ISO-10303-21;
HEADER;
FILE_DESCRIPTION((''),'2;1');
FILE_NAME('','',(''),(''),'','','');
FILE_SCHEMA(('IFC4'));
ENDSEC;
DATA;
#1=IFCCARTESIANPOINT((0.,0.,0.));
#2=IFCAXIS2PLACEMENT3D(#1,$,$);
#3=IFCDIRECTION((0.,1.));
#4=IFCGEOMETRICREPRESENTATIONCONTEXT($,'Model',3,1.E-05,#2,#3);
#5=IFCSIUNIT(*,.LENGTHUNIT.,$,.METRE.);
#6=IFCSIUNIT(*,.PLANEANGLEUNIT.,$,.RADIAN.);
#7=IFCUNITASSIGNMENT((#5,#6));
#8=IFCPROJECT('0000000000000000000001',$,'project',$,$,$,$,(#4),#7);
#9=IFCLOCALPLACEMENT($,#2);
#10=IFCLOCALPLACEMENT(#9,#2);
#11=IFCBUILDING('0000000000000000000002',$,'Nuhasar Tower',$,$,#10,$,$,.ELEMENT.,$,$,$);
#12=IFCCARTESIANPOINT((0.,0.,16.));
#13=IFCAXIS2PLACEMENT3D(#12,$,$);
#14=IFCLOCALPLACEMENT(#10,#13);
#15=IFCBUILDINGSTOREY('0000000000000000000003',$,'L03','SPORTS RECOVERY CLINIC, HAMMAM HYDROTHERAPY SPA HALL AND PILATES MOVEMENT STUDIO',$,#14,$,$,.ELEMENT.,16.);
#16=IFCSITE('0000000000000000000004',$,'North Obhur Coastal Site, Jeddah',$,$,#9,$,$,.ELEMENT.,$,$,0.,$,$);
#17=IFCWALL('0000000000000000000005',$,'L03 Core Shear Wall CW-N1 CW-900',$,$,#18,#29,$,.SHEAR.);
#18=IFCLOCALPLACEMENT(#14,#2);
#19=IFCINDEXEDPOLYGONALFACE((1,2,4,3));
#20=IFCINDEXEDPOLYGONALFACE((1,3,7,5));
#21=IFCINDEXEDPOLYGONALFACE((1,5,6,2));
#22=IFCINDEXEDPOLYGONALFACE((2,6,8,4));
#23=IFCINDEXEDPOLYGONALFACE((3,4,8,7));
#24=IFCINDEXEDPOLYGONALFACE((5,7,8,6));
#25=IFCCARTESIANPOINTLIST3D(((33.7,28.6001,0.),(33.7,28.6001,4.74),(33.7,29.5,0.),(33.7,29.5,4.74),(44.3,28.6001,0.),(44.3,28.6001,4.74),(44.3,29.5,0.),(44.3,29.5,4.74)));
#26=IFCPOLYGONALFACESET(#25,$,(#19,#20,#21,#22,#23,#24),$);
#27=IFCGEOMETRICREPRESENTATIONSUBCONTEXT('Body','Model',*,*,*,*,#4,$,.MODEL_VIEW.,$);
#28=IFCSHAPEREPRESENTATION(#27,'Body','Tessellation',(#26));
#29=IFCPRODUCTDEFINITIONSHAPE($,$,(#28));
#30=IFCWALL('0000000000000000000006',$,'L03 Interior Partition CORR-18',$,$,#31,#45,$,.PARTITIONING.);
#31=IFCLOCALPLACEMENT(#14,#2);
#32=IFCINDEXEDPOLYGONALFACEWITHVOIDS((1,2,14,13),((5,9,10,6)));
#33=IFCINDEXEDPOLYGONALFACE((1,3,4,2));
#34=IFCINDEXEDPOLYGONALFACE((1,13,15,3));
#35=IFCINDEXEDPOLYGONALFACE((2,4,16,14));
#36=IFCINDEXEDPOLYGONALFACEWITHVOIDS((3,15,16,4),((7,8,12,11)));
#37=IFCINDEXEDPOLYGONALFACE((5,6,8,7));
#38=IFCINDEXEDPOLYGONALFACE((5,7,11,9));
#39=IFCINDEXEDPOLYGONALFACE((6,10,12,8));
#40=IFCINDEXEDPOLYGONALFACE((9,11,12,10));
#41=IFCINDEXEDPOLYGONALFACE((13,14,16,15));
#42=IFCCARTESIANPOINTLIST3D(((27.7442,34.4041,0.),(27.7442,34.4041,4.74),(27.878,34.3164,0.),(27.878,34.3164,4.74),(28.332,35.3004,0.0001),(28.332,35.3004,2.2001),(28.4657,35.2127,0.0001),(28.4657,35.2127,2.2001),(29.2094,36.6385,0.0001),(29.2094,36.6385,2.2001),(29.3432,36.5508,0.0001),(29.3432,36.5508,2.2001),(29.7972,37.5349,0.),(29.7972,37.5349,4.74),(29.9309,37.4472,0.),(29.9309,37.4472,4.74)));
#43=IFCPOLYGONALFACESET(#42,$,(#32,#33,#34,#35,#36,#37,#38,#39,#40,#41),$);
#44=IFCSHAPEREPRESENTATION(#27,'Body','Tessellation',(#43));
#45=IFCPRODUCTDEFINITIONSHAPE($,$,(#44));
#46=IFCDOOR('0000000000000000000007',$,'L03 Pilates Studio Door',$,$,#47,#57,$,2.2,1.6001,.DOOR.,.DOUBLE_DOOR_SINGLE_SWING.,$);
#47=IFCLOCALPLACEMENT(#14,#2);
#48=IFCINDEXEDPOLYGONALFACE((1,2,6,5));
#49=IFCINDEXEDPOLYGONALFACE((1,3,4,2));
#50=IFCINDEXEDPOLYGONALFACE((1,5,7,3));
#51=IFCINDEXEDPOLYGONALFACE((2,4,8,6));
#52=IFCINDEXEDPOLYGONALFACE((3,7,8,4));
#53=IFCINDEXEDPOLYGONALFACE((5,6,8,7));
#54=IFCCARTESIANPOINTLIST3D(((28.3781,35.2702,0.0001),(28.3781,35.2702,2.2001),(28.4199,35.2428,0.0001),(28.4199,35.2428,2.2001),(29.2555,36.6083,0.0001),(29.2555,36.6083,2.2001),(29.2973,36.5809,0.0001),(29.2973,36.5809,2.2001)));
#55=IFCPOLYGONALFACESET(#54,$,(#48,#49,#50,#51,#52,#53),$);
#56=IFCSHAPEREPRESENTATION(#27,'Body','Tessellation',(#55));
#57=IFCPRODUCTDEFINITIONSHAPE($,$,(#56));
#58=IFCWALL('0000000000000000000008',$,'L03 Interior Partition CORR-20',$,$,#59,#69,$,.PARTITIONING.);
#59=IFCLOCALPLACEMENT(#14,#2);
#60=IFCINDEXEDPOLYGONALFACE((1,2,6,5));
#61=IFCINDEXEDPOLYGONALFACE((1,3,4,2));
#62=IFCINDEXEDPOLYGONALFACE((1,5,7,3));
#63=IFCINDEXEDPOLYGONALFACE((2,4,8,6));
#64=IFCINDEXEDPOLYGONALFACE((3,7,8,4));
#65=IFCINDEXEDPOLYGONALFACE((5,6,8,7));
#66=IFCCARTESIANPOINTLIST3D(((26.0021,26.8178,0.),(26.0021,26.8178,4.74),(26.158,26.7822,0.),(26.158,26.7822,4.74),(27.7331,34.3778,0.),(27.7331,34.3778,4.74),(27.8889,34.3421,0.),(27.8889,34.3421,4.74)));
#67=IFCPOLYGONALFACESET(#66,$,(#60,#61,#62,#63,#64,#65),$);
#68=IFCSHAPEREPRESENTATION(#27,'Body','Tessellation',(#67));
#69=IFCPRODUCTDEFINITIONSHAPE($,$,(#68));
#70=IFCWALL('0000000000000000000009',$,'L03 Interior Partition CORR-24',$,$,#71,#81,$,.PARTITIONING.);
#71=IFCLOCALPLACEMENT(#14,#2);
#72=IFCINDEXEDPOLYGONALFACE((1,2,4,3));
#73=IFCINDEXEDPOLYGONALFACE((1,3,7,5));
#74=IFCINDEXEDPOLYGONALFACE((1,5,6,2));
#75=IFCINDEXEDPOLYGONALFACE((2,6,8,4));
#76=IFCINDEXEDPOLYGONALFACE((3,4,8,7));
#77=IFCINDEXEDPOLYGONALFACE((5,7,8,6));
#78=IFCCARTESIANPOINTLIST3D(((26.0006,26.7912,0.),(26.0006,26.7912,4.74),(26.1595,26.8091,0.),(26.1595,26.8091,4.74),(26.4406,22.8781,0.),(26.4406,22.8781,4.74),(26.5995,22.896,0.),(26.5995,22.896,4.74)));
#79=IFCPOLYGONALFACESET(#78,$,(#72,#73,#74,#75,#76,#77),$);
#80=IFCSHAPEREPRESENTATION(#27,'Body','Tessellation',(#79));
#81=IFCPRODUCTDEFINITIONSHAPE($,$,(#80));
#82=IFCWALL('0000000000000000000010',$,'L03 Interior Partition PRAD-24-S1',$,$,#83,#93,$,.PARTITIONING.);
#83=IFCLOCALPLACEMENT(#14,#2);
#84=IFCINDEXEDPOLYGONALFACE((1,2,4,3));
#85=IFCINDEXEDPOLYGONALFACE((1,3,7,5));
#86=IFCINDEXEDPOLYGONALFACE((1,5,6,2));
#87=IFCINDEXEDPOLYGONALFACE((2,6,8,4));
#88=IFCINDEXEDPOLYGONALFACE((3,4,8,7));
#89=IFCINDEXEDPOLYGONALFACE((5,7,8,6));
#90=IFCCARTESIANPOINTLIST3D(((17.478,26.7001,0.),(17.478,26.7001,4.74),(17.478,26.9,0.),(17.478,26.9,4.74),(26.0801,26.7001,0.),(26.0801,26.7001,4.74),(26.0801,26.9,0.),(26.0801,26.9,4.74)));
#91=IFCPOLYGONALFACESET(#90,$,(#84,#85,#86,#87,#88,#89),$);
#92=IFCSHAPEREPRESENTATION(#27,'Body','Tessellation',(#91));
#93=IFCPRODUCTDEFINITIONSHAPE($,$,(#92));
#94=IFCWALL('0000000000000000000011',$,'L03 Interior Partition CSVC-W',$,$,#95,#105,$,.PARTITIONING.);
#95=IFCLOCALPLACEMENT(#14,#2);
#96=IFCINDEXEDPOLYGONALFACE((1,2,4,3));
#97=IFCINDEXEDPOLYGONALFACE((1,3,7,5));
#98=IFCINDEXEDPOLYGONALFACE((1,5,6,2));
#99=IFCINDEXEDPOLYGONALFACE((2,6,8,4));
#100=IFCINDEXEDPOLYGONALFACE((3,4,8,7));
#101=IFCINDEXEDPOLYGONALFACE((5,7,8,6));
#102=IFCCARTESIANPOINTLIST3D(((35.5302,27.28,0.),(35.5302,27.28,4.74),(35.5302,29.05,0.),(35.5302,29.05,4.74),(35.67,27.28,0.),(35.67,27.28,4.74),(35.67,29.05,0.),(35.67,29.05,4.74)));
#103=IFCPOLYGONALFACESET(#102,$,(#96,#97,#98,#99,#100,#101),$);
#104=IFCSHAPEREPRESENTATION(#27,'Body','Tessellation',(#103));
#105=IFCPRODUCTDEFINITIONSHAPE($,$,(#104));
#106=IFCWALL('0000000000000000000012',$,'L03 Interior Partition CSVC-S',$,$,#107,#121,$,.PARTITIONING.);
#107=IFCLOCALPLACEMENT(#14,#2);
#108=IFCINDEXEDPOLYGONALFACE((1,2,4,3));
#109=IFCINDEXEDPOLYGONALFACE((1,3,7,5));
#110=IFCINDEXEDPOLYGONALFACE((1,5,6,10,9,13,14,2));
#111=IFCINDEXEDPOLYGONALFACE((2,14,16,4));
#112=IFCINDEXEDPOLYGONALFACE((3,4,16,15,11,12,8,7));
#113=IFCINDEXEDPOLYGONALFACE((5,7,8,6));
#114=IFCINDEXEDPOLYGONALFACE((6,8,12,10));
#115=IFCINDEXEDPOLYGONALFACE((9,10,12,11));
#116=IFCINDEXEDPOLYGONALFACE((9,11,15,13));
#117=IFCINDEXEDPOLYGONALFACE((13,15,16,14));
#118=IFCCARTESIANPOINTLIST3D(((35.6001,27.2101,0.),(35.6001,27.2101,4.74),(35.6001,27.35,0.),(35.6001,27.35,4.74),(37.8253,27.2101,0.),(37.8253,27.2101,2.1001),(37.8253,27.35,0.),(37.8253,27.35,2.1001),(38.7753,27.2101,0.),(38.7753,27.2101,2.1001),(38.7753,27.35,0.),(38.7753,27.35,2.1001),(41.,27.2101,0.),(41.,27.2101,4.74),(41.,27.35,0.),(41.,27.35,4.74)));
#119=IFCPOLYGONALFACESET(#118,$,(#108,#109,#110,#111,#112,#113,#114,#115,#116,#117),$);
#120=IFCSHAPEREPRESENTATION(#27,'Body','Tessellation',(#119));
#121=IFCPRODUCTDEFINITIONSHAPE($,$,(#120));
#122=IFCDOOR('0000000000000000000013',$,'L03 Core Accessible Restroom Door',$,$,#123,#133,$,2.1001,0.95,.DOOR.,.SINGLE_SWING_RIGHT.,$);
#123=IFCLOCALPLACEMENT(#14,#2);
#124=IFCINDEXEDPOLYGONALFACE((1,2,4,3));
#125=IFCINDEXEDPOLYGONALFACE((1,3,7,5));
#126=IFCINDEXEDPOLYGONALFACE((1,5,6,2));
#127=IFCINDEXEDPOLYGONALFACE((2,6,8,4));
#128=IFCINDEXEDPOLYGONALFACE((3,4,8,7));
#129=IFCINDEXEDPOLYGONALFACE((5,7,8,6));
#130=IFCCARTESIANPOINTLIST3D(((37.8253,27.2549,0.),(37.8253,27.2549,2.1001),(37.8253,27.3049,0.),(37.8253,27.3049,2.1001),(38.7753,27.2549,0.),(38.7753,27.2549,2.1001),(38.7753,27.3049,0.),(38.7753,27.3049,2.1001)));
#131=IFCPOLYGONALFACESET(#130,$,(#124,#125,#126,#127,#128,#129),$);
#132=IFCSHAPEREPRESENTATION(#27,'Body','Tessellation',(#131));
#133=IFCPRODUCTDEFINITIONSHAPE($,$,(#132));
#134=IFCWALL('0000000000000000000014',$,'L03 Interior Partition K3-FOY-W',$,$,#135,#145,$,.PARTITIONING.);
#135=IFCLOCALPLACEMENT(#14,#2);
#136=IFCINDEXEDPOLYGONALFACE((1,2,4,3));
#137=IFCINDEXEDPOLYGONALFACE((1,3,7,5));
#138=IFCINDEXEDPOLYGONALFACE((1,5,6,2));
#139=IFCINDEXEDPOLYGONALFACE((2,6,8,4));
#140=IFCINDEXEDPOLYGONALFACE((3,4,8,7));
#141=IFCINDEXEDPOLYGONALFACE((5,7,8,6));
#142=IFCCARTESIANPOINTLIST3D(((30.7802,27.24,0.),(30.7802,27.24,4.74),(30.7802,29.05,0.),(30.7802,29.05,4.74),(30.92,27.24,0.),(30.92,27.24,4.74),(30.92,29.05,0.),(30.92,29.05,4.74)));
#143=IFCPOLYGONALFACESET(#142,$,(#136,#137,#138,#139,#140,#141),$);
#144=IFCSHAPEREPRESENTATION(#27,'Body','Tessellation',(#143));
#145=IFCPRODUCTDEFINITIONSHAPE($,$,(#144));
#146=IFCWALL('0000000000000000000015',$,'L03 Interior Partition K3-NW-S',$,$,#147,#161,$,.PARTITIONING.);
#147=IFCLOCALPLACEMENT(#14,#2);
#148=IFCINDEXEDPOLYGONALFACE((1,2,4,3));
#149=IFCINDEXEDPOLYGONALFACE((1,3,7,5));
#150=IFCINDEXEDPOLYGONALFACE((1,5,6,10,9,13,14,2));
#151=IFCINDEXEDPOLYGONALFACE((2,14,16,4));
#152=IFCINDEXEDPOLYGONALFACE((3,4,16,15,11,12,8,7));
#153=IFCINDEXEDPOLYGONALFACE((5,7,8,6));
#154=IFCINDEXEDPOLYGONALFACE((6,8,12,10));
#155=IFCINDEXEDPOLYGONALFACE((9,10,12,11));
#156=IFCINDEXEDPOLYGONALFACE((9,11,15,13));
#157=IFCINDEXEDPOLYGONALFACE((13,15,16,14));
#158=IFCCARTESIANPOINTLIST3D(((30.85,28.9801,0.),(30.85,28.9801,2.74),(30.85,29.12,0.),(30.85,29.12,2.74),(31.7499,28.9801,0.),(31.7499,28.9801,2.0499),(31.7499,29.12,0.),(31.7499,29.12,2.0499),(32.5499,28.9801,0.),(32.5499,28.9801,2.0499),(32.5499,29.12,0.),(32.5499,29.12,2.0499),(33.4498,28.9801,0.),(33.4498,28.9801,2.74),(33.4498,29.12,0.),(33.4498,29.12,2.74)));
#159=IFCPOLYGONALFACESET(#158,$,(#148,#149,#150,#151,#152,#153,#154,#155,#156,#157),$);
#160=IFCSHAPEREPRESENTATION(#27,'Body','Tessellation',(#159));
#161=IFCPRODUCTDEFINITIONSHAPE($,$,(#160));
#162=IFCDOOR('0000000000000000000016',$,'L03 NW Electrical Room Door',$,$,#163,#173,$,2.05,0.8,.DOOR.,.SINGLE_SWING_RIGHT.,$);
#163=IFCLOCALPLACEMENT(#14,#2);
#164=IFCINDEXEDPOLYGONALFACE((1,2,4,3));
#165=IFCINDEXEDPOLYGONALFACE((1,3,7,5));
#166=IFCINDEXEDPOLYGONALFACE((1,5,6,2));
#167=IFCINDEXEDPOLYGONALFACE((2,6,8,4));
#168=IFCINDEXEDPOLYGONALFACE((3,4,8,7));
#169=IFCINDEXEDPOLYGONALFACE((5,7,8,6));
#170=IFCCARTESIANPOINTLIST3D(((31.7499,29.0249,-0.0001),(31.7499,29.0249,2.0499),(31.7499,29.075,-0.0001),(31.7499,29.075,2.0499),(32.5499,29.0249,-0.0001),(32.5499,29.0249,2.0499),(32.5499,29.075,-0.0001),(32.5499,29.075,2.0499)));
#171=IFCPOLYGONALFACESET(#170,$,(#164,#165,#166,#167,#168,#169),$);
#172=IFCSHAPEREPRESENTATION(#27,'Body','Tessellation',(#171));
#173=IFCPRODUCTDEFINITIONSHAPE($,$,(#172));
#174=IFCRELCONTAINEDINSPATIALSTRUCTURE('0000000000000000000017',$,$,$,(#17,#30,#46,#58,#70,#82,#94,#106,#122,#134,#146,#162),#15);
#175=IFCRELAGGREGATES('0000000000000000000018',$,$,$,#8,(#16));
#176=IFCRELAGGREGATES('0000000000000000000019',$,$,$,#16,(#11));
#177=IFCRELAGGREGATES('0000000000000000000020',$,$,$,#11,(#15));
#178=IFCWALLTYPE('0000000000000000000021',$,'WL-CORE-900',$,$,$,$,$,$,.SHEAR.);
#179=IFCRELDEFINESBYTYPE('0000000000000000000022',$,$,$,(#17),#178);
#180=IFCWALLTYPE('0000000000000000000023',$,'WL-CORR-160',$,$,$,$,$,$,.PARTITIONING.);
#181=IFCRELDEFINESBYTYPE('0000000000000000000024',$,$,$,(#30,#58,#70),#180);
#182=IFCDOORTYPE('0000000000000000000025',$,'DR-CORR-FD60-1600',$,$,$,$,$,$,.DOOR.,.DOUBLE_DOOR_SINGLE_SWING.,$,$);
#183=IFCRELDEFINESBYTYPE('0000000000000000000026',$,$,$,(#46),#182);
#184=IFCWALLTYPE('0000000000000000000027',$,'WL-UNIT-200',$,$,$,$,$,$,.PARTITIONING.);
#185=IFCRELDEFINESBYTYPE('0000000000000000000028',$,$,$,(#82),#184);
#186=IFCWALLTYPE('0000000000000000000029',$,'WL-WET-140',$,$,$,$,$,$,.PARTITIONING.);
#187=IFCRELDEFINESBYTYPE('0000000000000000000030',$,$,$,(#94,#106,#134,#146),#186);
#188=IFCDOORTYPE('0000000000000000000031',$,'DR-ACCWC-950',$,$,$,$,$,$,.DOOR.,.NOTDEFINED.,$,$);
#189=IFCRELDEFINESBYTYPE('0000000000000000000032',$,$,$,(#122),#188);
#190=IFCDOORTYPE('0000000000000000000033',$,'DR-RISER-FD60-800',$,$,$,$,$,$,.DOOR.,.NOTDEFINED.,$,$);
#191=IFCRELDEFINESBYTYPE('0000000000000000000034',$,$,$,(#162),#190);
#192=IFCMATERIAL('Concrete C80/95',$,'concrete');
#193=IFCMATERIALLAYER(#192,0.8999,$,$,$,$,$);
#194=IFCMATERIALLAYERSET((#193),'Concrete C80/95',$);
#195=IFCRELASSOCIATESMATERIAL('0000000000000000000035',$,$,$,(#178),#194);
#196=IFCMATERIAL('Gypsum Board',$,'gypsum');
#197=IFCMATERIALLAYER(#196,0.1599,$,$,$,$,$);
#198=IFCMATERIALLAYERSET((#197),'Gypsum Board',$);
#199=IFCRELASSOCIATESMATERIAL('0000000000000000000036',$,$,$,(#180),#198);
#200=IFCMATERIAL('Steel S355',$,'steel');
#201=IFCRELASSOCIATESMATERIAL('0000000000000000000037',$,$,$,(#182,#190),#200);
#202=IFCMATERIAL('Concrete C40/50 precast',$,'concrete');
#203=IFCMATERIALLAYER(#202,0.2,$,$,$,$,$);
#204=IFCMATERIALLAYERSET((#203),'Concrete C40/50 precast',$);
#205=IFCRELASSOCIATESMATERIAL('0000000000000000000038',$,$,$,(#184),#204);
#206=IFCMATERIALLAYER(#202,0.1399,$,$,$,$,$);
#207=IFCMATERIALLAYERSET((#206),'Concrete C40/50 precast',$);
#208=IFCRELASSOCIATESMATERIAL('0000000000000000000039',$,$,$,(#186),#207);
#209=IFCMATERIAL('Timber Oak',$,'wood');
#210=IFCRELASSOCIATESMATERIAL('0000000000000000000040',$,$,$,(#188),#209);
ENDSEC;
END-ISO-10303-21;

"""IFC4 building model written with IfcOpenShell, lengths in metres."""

from ifc_helpers import new_model, si_unit, direction, frame, frame_2d, origin, place, context, subcontext, project, spatial, rectangle, extrude, material, layer, layer_set, type_object, element, fill, save


model = new_model("IFC4")

# Units and contexts
model_context = context("Model", 3, precision=1e-05, world=origin(), true_north=direction((0.0, 1.0)))
body_context = subcontext(model_context, "Body", "Model", "MODEL_VIEW")
ifc_project = project(units=[si_unit("LENGTHUNIT", "METRE"), si_unit("PLANEANGLEUNIT", "RADIAN")], contexts=[model_context])

# Site, building, storey
site_placement = place(None, origin())
site = spatial("IfcSite", under=ifc_project, at=site_placement, Name="North Obhur Coastal Site, Jeddah", CompositionType="ELEMENT", RefElevation=0.0)
building_placement = place(site_placement, origin())
building = spatial("IfcBuilding", under=site, at=building_placement, Name="Nuhasar Tower", CompositionType="ELEMENT")
storey_placement = place(building_placement, frame((0.0, 0.0, 16.0)))
storey = spatial("IfcBuildingStorey", under=building, at=storey_placement, Name="L03", Description="SPORTS RECOVERY CLINIC, HAMMAM HYDROTHERAPY SPA HALL AND PILATES MOVEMENT STUDIO", CompositionType="ELEMENT", Elevation=16.0)

# Shared definitions
ifc_material_1 = material(Name="Concrete C80/95", Category="concrete")

# Shared definitions
ifc_material_2 = material(Name="Steel S355", Category="steel")

# Wall
ifc_layer_1 = layer(ifc_material_1, 0.8999)
ifc_layer_set_1 = layer_set([ifc_layer_1], Name="Concrete C80/95")
wall_type_1 = type_object("IfcWallType", Name="WL-CORE-900", PredefinedType="SHEAR", material=ifc_layer_set_1)
wall_1_placement = place(storey_placement, frame((33.7, 29.05, 0.0), z_axis=(0.0, 0.0, 1.0), x_axis=(1.0, 0.0, 0.0)))
element("IfcWall", 1, at=wall_1_placement, inside=storey, type_object=wall_type_1, Name="L03 Core Shear Wall CW-N1 CW-900", PredefinedType="SHEAR", context=body_context, shape_type="SweptSolid", body=[
    extrude(rectangle(XDim=10.6001, YDim=0.8999, at=frame_2d((5.3, 0.0))), origin(), (0.0, 0.0, 1.0), 4.74),
])

# Wall, opening, door
ifc_material_3 = material(Name="Gypsum Board", Category="gypsum")
ifc_layer_2 = layer(ifc_material_3, 0.1599)
ifc_layer_set_2 = layer_set([ifc_layer_2], Name="Gypsum Board")
wall_type_2 = type_object("IfcWallType", Name="WL-CORR-160", PredefinedType="PARTITIONING", material=ifc_layer_set_2)
wall_2_placement = place(storey_placement, frame((27.811, 34.3601, 0.0), z_axis=(0.0, 0.0, 1.0), x_axis=(0.548349, 0.83625, 0.0)))
wall_2 = element("IfcWall", 2, at=wall_2_placement, inside=storey, type_object=wall_type_2, Name="L03 Interior Partition CORR-18", PredefinedType="PARTITIONING", context=body_context, shape_type="SweptSolid", body=[
    extrude(rectangle(XDim=3.7439, YDim=0.1599, at=frame_2d((1.8721, 0.0))), origin(), (0.0, 0.0, 1.0), 4.74),
])
opening_1_placement = place(wall_2_placement, frame((1.072, 0.0, 0.0)))
opening_1 = element("IfcOpeningElement", 3, at=opening_1_placement, cuts=wall_2, PredefinedType="OPENING", context=body_context, shape_type="SweptSolid", body=[
    extrude(rectangle(XDim=1.6001, YDim=2.2, at=frame_2d((0.8, 1.1001))), frame((0.0, 0.0898, 0.0), z_axis=(0.0, -1.0, 0.0), x_axis=(1.0, 0.0, 0.0)), (0.0, 0.0, 1.0), 0.1799),
])
door_type_1 = type_object("IfcDoorType", Name="DR-CORR-FD60-1600", OperationType="DOUBLE_DOOR_SINGLE_SWING", PredefinedType="DOOR", material=ifc_material_2)
door_1_placement = place(opening_1_placement, origin())
door_1 = element("IfcDoor", 4, at=door_1_placement, inside=storey, type_object=door_type_1, Name="L03 Pilates Studio Door", OperationType="DOUBLE_DOOR_SINGLE_SWING", OverallHeight=2.2, OverallWidth=1.6001, PredefinedType="DOOR", context=body_context, shape_type="SweptSolid", body=[
    extrude(rectangle(XDim=1.6001, YDim=2.2, at=frame_2d((0.8, 1.1001))), frame((0.0, 0.0249, 0.0), z_axis=(0.0, -1.0, 0.0), x_axis=(1.0, 0.0, 0.0)), (0.0, 0.0, 1.0), 0.05),
])
fill(opening_1, door_1)

# Walls
wall_3_placement = place(storey_placement, frame((27.811, 34.3601, 0.0), z_axis=(0.0, 0.0, 1.0), x_axis=(-0.223185, -0.974776, 0.0)))
element("IfcWall", 5, at=wall_3_placement, inside=storey, type_object=wall_type_2, Name="L03 Interior Partition CORR-20", PredefinedType="PARTITIONING", context=body_context, shape_type="SweptSolid", body=[
    extrude(rectangle(XDim=7.7556, YDim=0.1599, at=frame_2d((3.8779, 0.0))), origin(), (0.0, 0.0, 1.0), 4.74),
])
wall_4_placement = place(storey_placement, frame((26.0801, 26.8, 0.0), z_axis=(0.0, 0.0, 1.0), x_axis=(0.111724, -0.993739, 0.0)))
element("IfcWall", 6, at=wall_4_placement, inside=storey, type_object=wall_type_2, Name="L03 Interior Partition CORR-24", PredefinedType="PARTITIONING", context=body_context, shape_type="SweptSolid", body=[
    extrude(rectangle(XDim=3.9377, YDim=0.1599, at=frame_2d((1.9688, 0.0))), origin(), (0.0, 0.0, 1.0), 4.74),
])
ifc_material_4 = material(Name="Concrete C40/50 precast", Category="concrete")
ifc_layer_3 = layer(ifc_material_4, 0.2)
ifc_layer_set_3 = layer_set([ifc_layer_3], Name="Concrete C40/50 precast")
wall_type_3 = type_object("IfcWallType", Name="WL-UNIT-200", PredefinedType="PARTITIONING", material=ifc_layer_set_3)
wall_5_placement = place(storey_placement, frame((26.0801, 26.8, 0.0), z_axis=(0.0, 0.0, 1.0), x_axis=(-1.0, 0.0, 0.0)))
element("IfcWall", 7, at=wall_5_placement, inside=storey, type_object=wall_type_3, Name="L03 Interior Partition PRAD-24-S1", PredefinedType="PARTITIONING", context=body_context, shape_type="SweptSolid", body=[
    extrude(rectangle(XDim=8.6021, YDim=0.2, at=frame_2d((4.301, 0.0))), origin(), (0.0, 0.0, 1.0), 4.74),
])
ifc_layer_4 = layer(ifc_material_4, 0.1399)
ifc_layer_set_4 = layer_set([ifc_layer_4], Name="Concrete C40/50 precast")
wall_type_4 = type_object("IfcWallType", Name="WL-WET-140", PredefinedType="PARTITIONING", material=ifc_layer_set_4)
wall_6_placement = place(storey_placement, frame((35.6001, 27.28, 0.0), z_axis=(0.0, 0.0, 1.0), x_axis=(0.0, 1.0, 0.0)))
element("IfcWall", 8, at=wall_6_placement, inside=storey, type_object=wall_type_4, Name="L03 Interior Partition CSVC-W", PredefinedType="PARTITIONING", context=body_context, shape_type="SweptSolid", body=[
    extrude(rectangle(XDim=1.77, YDim=0.1399, at=frame_2d((0.885, 0.0))), origin(), (0.0, 0.0, 1.0), 4.74),
])

# Wall, opening, door
wall_7_placement = place(storey_placement, frame((35.6001, 27.28, 0.0), z_axis=(0.0, 0.0, 1.0), x_axis=(1.0, 0.0, 0.0)))
wall_7 = element("IfcWall", 9, at=wall_7_placement, inside=storey, type_object=wall_type_4, Name="L03 Interior Partition CSVC-S", PredefinedType="PARTITIONING", context=body_context, shape_type="SweptSolid", body=[
    extrude(rectangle(XDim=5.3999, YDim=0.1399, at=frame_2d((2.7, 0.0))), origin(), (0.0, 0.0, 1.0), 4.74),
])
opening_2_placement = place(wall_7_placement, frame((2.2251, 0.0, 0.0)))
opening_2 = element("IfcOpeningElement", 10, at=opening_2_placement, cuts=wall_7, PredefinedType="OPENING", context=body_context, shape_type="SweptSolid", body=[
    extrude(rectangle(XDim=0.95, YDim=2.1001, at=frame_2d((0.4751, 1.05))), frame((0.0, 0.0801, 0.0), z_axis=(0.0, -1.0, 0.0), x_axis=(1.0, 0.0, 0.0)), (0.0, 0.0, 1.0), 0.1599),
])
ifc_material_5 = material(Name="Timber Oak", Category="wood")
door_type_2 = type_object("IfcDoorType", Name="DR-ACCWC-950", OperationType="NOTDEFINED", PredefinedType="DOOR", material=ifc_material_5)
door_2_placement = place(opening_2_placement, origin())
door_2 = element("IfcDoor", 11, at=door_2_placement, inside=storey, type_object=door_type_2, Name="L03 Core Accessible Restroom Door", OperationType="SINGLE_SWING_RIGHT", OverallHeight=2.1001, OverallWidth=0.95, PredefinedType="DOOR", context=body_context, shape_type="SweptSolid", body=[
    extrude(rectangle(XDim=0.95, YDim=2.1001, at=frame_2d((0.4751, 1.05))), frame((0.0, 0.0249, 0.0), z_axis=(0.0, -1.0, 0.0), x_axis=(1.0, 0.0, 0.0)), (0.0, 0.0, 1.0), 0.05),
])
fill(opening_2, door_2)

# Wall
wall_8_placement = place(storey_placement, frame((30.8501, 27.24, 0.0), z_axis=(0.0, 0.0, 1.0), x_axis=(0.0, 1.0, 0.0)))
element("IfcWall", 12, at=wall_8_placement, inside=storey, type_object=wall_type_4, Name="L03 Interior Partition K3-FOY-W", PredefinedType="PARTITIONING", context=body_context, shape_type="SweptSolid", body=[
    extrude(rectangle(XDim=1.8101, YDim=0.1399, at=frame_2d((0.905, 0.0))), origin(), (0.0, 0.0, 1.0), 4.74),
])

# Wall, opening, door
wall_9_placement = place(storey_placement, frame((30.8501, 29.05, 0.0), z_axis=(0.0, 0.0, 1.0), x_axis=(1.0, 0.0, 0.0)))
wall_9 = element("IfcWall", 13, at=wall_9_placement, inside=storey, type_object=wall_type_4, Name="L03 Interior Partition K3-NW-S", PredefinedType="PARTITIONING", context=body_context, shape_type="SweptSolid", body=[
    extrude(rectangle(XDim=2.5999, YDim=0.1399, at=frame_2d((1.2998, 0.0))), origin(), (0.0, 0.0, 1.0), 2.74),
])
opening_3_placement = place(wall_9_placement, frame((0.8999, 0.0, 0.0)))
opening_3 = element("IfcOpeningElement", 14, at=opening_3_placement, cuts=wall_9, PredefinedType="OPENING", context=body_context, shape_type="SweptSolid", body=[
    extrude(rectangle(XDim=0.8, YDim=2.05, at=frame_2d((0.3999, 1.0249))), frame((0.0, 0.0801, 0.0), z_axis=(0.0, -1.0, 0.0), x_axis=(1.0, 0.0, 0.0)), (0.0, 0.0, 1.0), 0.1599),
])
door_type_3 = type_object("IfcDoorType", Name="DR-RISER-FD60-800", OperationType="NOTDEFINED", PredefinedType="DOOR", material=ifc_material_2)
door_3_placement = place(opening_3_placement, origin())
door_3 = element("IfcDoor", 15, at=door_3_placement, inside=storey, type_object=door_type_3, Name="L03 NW Electrical Room Door", OperationType="SINGLE_SWING_RIGHT", OverallHeight=2.05, OverallWidth=0.8, PredefinedType="DOOR", context=body_context, shape_type="SweptSolid", body=[
    extrude(rectangle(XDim=0.8, YDim=2.05, at=frame_2d((0.3999, 1.0249))), frame((0.0, 0.0249, 0.0), z_axis=(0.0, -1.0, 0.0), x_axis=(1.0, 0.0, 0.0)), (0.0, 0.0, 1.0), 0.05),
])
fill(opening_3, door_3)

save(model, "model.ifc")
